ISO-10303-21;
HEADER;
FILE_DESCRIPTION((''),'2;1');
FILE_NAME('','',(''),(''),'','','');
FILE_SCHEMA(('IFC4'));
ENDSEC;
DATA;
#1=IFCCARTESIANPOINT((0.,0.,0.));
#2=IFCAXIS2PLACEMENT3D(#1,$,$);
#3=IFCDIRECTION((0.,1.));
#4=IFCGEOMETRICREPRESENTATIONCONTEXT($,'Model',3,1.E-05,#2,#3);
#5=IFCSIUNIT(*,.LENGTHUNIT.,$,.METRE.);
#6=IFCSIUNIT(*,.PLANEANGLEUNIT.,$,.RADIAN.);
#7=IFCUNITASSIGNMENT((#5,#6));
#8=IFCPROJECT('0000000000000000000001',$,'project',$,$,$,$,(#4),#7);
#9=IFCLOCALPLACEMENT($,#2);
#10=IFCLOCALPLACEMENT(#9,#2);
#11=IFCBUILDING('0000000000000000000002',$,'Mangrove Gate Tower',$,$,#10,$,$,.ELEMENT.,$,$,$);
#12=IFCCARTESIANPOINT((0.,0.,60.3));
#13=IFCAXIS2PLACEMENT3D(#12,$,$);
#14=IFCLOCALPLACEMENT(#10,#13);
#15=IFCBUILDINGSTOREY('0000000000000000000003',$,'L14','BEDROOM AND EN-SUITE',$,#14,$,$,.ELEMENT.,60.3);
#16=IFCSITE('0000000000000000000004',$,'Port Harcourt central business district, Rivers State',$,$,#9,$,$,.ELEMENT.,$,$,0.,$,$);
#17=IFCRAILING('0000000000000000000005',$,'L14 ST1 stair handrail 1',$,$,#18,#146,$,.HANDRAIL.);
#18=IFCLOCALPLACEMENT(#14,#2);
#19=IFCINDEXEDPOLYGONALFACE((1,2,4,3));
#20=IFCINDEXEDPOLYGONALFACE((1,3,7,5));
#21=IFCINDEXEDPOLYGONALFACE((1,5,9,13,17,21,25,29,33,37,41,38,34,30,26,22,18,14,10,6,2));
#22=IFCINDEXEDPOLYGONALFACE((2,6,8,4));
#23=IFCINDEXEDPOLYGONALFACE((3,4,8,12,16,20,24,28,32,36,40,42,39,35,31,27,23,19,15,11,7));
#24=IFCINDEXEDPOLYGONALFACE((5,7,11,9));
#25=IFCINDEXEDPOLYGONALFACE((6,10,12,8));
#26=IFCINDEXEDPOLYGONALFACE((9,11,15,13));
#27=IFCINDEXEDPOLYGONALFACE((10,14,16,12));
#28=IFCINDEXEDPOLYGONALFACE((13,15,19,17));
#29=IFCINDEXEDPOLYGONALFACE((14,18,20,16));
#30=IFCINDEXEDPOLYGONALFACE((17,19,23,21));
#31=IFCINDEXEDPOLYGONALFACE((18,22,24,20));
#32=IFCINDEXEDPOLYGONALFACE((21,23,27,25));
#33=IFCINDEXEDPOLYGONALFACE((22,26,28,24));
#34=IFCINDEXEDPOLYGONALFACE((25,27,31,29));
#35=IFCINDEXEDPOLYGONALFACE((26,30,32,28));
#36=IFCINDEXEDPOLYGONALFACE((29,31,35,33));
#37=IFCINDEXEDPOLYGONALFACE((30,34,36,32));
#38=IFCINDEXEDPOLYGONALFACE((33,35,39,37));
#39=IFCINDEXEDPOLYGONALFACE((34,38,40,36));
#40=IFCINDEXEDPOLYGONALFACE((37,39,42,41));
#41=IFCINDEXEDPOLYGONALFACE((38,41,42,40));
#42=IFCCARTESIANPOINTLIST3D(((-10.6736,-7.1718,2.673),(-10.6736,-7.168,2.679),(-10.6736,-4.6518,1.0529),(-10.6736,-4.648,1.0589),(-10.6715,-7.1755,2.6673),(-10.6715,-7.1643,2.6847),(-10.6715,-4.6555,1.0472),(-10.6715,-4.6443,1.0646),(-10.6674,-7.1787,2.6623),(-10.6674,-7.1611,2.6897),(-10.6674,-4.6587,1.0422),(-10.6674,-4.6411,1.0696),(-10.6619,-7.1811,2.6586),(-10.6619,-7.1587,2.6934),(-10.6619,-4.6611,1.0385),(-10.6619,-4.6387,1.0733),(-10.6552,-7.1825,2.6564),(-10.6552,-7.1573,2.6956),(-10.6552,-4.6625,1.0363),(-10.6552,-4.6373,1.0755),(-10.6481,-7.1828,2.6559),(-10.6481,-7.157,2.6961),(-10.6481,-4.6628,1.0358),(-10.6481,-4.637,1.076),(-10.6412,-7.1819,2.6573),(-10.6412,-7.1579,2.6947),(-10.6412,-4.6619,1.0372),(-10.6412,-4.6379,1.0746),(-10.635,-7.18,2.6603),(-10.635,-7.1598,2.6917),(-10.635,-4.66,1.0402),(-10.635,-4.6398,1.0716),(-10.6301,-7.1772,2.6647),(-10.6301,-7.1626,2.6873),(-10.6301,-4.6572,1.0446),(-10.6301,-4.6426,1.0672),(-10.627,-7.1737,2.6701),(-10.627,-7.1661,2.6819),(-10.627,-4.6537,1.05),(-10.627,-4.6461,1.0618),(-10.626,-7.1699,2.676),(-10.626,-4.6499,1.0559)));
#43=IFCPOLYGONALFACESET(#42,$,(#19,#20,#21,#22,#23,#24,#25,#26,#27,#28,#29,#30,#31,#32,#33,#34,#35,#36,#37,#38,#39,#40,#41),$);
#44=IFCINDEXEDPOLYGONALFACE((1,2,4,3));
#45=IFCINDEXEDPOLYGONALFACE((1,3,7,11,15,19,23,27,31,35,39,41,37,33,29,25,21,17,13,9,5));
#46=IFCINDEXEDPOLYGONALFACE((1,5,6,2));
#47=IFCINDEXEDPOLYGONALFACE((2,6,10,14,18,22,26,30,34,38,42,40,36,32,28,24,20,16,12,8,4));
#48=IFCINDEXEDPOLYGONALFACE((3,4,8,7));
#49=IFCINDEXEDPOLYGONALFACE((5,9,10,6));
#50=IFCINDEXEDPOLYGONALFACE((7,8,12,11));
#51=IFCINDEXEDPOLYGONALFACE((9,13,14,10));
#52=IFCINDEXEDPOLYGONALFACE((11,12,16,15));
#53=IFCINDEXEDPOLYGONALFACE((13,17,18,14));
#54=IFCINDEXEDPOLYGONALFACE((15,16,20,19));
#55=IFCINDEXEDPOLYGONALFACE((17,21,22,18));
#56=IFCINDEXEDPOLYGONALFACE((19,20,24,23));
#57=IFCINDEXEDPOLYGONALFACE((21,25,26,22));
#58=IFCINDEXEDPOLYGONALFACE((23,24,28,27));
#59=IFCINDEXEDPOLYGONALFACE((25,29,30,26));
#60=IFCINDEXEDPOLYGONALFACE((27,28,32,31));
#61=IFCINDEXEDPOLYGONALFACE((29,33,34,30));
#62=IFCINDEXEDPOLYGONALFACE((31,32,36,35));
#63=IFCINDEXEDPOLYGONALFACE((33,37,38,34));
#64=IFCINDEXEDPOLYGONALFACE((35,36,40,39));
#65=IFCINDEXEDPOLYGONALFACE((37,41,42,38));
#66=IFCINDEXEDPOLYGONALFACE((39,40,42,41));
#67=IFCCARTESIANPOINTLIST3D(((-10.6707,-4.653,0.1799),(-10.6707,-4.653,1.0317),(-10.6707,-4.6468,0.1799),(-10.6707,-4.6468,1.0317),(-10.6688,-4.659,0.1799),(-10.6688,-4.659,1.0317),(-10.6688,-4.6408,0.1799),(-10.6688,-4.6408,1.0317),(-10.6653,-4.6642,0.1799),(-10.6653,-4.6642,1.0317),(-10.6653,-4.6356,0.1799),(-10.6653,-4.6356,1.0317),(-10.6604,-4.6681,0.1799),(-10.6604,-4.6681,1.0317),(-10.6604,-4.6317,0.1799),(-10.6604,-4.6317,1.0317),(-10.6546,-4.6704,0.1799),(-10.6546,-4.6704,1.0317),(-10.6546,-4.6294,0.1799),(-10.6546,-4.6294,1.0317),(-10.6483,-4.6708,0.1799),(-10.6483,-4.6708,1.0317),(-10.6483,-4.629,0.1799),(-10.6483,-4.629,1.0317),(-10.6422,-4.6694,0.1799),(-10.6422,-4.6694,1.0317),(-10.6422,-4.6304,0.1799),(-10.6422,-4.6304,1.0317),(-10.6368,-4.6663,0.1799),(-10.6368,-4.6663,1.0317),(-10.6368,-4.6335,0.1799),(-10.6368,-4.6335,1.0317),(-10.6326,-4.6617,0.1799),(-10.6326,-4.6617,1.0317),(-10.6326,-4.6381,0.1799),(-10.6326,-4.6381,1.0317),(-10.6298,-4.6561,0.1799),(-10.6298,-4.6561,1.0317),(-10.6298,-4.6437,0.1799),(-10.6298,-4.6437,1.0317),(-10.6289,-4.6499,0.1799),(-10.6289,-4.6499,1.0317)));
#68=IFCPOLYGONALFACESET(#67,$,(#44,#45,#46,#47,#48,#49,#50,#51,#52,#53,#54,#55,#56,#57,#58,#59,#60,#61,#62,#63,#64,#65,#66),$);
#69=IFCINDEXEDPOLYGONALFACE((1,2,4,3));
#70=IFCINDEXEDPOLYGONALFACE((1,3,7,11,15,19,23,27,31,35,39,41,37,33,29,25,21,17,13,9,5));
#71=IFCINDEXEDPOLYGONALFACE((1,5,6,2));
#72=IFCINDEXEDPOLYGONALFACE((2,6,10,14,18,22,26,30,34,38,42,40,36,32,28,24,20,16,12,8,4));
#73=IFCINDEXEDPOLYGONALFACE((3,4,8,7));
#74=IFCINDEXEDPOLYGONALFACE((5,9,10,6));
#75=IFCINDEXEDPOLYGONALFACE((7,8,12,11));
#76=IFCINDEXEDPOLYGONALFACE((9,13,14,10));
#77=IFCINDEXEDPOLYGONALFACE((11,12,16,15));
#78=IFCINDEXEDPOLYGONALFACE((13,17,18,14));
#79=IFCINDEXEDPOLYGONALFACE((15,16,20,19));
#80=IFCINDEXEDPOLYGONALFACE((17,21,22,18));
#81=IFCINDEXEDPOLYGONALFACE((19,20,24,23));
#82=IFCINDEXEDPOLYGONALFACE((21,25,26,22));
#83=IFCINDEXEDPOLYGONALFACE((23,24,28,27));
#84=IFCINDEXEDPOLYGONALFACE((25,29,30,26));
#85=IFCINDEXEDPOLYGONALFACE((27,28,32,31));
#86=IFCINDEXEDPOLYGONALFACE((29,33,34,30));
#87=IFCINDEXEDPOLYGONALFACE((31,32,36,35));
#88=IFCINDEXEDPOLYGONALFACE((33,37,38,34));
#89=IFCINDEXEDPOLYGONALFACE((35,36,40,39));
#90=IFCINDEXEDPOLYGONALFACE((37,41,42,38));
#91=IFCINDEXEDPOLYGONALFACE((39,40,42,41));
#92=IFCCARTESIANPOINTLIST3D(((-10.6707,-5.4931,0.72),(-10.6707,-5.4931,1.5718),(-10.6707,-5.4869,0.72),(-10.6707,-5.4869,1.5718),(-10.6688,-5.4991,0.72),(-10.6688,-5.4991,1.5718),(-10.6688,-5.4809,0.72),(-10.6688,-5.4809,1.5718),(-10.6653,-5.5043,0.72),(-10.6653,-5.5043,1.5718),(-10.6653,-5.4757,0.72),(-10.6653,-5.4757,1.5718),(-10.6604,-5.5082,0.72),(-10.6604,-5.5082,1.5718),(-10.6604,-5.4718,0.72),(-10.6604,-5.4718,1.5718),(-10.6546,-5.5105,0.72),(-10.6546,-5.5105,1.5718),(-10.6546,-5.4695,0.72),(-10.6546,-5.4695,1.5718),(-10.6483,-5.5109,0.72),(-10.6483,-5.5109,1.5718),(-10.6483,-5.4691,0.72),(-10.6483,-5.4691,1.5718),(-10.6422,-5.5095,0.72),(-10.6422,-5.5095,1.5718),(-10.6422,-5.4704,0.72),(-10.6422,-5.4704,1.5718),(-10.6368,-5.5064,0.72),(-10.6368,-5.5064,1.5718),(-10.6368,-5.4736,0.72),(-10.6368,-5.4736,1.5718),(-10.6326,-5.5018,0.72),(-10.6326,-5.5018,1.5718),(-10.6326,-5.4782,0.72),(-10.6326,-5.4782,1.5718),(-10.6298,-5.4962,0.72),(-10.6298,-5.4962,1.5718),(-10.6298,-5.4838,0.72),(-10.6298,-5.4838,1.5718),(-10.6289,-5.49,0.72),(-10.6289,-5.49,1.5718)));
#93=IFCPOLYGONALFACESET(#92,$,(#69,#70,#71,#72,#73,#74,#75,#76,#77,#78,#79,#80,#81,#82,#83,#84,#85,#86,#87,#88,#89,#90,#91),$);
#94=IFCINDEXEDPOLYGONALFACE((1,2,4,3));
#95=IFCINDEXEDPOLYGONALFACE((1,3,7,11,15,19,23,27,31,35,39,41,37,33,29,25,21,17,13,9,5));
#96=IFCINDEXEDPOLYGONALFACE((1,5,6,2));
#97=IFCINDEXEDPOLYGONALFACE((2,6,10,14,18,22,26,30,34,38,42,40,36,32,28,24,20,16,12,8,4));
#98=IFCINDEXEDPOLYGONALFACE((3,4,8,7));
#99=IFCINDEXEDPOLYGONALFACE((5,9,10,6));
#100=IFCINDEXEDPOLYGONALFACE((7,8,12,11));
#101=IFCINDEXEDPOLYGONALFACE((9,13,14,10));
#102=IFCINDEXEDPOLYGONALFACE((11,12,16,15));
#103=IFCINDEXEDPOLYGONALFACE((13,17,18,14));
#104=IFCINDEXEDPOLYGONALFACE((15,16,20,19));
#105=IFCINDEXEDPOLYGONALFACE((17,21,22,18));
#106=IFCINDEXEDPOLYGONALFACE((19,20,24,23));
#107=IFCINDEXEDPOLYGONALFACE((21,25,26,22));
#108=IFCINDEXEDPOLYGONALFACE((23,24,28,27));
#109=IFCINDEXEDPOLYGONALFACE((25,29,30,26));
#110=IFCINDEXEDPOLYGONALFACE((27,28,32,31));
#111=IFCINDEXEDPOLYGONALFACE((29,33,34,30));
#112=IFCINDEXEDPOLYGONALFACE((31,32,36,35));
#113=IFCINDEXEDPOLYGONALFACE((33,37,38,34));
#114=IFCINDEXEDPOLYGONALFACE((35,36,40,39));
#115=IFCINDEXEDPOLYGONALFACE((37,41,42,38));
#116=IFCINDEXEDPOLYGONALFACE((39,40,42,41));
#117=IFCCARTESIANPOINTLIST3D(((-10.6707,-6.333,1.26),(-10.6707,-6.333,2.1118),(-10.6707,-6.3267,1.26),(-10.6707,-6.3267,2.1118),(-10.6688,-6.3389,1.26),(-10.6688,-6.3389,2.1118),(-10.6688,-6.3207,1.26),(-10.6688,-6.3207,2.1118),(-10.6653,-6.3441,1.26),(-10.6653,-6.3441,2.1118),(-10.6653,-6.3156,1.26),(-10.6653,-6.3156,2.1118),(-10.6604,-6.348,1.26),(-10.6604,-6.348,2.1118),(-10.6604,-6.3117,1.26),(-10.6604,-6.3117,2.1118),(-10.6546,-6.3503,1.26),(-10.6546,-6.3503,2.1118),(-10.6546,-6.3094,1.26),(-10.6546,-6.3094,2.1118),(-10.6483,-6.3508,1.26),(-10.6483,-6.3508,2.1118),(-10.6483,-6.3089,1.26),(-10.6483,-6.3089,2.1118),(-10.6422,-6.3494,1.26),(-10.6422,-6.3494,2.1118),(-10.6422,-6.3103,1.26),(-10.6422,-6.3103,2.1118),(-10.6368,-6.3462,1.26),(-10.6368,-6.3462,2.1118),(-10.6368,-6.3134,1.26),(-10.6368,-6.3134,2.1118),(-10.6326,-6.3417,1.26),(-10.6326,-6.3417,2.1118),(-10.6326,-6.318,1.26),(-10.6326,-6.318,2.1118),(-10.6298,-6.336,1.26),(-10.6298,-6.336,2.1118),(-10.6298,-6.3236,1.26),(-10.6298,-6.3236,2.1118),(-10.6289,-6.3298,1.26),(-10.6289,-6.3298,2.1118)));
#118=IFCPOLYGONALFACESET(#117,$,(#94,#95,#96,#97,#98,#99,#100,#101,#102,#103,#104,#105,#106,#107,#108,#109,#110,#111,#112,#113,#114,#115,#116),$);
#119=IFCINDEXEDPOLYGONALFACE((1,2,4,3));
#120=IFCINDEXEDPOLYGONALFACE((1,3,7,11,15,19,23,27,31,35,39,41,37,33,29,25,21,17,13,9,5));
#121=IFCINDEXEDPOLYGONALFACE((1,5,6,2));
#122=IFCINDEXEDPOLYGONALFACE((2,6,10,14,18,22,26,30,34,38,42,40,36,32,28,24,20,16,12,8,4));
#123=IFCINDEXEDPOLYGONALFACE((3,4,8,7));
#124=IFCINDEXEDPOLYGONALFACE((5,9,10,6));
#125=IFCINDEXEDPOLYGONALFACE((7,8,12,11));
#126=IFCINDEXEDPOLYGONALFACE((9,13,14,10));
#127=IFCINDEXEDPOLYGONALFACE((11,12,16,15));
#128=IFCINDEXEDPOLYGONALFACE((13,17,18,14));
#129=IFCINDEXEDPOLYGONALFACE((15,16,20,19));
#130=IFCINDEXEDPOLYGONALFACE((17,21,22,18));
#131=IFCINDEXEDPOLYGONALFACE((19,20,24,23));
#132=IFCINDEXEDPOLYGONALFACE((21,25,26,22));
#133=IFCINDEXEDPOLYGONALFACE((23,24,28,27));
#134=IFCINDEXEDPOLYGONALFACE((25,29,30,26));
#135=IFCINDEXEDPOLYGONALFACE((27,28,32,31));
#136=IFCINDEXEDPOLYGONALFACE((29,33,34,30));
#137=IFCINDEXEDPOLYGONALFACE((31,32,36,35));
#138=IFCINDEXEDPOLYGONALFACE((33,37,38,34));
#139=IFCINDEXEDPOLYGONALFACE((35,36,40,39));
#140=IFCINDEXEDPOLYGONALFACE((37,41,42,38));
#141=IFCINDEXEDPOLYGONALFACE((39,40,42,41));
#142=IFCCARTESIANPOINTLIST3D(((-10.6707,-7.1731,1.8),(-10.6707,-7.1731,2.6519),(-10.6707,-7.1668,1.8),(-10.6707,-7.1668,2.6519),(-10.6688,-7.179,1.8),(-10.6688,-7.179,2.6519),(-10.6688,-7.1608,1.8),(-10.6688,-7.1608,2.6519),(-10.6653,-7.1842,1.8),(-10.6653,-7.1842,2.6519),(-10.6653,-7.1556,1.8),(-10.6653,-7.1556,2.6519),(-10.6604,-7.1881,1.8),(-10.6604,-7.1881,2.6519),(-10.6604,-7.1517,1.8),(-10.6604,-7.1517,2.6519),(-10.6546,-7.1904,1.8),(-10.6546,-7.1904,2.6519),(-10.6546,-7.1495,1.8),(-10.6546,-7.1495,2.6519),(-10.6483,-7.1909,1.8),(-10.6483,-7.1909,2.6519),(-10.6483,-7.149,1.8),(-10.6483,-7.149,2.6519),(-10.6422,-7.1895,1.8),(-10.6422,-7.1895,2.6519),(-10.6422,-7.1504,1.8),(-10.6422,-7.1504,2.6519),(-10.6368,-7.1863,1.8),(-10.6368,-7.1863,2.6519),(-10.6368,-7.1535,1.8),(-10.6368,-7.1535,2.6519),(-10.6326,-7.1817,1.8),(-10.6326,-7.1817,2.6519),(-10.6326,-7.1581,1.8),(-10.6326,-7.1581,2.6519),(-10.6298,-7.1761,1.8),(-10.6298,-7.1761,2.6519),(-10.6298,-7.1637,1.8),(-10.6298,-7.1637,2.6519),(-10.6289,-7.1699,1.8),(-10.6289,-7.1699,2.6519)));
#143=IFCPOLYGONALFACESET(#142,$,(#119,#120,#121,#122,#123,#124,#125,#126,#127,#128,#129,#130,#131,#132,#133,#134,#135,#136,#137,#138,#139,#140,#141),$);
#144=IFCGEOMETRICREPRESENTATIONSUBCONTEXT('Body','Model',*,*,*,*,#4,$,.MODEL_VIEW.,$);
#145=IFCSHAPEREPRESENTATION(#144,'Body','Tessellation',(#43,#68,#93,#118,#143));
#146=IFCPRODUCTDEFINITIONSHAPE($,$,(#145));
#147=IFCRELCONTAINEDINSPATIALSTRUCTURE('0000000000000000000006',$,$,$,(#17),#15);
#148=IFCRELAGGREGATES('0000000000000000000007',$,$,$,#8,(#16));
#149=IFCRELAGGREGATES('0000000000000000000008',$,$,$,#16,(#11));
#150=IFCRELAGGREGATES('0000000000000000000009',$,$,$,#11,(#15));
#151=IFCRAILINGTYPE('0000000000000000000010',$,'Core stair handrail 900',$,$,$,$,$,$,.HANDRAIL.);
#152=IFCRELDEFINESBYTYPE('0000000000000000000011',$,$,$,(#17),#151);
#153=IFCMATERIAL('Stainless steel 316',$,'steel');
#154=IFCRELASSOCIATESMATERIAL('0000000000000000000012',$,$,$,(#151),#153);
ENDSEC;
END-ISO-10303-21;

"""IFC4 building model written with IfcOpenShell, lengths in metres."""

from ifc_helpers import new_model, si_unit, direction, frame, origin, origin_2d, place, context, subcontext, project, spatial, circle, extrude, material, type_object, element, save


model = new_model("IFC4")

# Units and contexts
model_context = context("Model", 3, precision=1e-05, world=origin(), true_north=direction((0.0, 1.0)))
body_context = subcontext(model_context, "Body", "Model", "MODEL_VIEW")
ifc_project = project(units=[si_unit("LENGTHUNIT", "METRE"), si_unit("PLANEANGLEUNIT", "RADIAN")], contexts=[model_context])

# Site, building, storey
site_placement = place(None, origin())
site = spatial("IfcSite", under=ifc_project, at=site_placement, Name="Port Harcourt central business district, Rivers State", CompositionType="ELEMENT", RefElevation=0.0)
building_placement = place(site_placement, origin())
building = spatial("IfcBuilding", under=site, at=building_placement, Name="Mangrove Gate Tower", CompositionType="ELEMENT")
storey_placement = place(building_placement, frame((0.0, 0.0, 60.3)))
storey = spatial("IfcBuildingStorey", under=building, at=storey_placement, Name="L14", Description="BEDROOM AND EN-SUITE", CompositionType="ELEMENT", Elevation=60.3)

# Railing
ifc_material_1 = material(Name="Stainless steel 316", Category="steel")
railing_type_1 = type_object("IfcRailingType", Name="Core stair handrail 900", PredefinedType="HANDRAIL", material=ifc_material_1)
railing_1_placement = place(storey_placement, frame((-10.6499, -4.6499, 0.1799)))
element("IfcRailing", 1, at=railing_1_placement, inside=storey, type_object=railing_type_1, Name="L14 ST1 stair handrail 1", PredefinedType="HANDRAIL", context=body_context, shape_type="SweptSolid", body=[
    extrude(circle(Radius=0.0239, at=origin_2d()), frame((0.0, 0.0, 0.876), z_axis=(0.0, -0.841163, 0.540782), x_axis=(1.0, 0.0, 0.0)), (0.0, 0.0, 1.0), 2.9958),
    extrude(circle(Radius=0.021, at=origin_2d()), origin(), (0.0, 0.0, 1.0), 0.8518),
    extrude(circle(Radius=0.021, at=origin_2d()), frame((0.0, -0.8401, 0.54)), (0.0, 0.0, 1.0), 0.8518),
    extrude(circle(Radius=0.021, at=origin_2d()), frame((0.0, -1.6799, 1.0801)), (0.0, 0.0, 1.0), 0.8518),
    extrude(circle(Radius=0.021, at=origin_2d()), frame((0.0, -2.52, 1.6201)), (0.0, 0.0, 1.0), 0.8518),
])

save(model, "model.ifc")
